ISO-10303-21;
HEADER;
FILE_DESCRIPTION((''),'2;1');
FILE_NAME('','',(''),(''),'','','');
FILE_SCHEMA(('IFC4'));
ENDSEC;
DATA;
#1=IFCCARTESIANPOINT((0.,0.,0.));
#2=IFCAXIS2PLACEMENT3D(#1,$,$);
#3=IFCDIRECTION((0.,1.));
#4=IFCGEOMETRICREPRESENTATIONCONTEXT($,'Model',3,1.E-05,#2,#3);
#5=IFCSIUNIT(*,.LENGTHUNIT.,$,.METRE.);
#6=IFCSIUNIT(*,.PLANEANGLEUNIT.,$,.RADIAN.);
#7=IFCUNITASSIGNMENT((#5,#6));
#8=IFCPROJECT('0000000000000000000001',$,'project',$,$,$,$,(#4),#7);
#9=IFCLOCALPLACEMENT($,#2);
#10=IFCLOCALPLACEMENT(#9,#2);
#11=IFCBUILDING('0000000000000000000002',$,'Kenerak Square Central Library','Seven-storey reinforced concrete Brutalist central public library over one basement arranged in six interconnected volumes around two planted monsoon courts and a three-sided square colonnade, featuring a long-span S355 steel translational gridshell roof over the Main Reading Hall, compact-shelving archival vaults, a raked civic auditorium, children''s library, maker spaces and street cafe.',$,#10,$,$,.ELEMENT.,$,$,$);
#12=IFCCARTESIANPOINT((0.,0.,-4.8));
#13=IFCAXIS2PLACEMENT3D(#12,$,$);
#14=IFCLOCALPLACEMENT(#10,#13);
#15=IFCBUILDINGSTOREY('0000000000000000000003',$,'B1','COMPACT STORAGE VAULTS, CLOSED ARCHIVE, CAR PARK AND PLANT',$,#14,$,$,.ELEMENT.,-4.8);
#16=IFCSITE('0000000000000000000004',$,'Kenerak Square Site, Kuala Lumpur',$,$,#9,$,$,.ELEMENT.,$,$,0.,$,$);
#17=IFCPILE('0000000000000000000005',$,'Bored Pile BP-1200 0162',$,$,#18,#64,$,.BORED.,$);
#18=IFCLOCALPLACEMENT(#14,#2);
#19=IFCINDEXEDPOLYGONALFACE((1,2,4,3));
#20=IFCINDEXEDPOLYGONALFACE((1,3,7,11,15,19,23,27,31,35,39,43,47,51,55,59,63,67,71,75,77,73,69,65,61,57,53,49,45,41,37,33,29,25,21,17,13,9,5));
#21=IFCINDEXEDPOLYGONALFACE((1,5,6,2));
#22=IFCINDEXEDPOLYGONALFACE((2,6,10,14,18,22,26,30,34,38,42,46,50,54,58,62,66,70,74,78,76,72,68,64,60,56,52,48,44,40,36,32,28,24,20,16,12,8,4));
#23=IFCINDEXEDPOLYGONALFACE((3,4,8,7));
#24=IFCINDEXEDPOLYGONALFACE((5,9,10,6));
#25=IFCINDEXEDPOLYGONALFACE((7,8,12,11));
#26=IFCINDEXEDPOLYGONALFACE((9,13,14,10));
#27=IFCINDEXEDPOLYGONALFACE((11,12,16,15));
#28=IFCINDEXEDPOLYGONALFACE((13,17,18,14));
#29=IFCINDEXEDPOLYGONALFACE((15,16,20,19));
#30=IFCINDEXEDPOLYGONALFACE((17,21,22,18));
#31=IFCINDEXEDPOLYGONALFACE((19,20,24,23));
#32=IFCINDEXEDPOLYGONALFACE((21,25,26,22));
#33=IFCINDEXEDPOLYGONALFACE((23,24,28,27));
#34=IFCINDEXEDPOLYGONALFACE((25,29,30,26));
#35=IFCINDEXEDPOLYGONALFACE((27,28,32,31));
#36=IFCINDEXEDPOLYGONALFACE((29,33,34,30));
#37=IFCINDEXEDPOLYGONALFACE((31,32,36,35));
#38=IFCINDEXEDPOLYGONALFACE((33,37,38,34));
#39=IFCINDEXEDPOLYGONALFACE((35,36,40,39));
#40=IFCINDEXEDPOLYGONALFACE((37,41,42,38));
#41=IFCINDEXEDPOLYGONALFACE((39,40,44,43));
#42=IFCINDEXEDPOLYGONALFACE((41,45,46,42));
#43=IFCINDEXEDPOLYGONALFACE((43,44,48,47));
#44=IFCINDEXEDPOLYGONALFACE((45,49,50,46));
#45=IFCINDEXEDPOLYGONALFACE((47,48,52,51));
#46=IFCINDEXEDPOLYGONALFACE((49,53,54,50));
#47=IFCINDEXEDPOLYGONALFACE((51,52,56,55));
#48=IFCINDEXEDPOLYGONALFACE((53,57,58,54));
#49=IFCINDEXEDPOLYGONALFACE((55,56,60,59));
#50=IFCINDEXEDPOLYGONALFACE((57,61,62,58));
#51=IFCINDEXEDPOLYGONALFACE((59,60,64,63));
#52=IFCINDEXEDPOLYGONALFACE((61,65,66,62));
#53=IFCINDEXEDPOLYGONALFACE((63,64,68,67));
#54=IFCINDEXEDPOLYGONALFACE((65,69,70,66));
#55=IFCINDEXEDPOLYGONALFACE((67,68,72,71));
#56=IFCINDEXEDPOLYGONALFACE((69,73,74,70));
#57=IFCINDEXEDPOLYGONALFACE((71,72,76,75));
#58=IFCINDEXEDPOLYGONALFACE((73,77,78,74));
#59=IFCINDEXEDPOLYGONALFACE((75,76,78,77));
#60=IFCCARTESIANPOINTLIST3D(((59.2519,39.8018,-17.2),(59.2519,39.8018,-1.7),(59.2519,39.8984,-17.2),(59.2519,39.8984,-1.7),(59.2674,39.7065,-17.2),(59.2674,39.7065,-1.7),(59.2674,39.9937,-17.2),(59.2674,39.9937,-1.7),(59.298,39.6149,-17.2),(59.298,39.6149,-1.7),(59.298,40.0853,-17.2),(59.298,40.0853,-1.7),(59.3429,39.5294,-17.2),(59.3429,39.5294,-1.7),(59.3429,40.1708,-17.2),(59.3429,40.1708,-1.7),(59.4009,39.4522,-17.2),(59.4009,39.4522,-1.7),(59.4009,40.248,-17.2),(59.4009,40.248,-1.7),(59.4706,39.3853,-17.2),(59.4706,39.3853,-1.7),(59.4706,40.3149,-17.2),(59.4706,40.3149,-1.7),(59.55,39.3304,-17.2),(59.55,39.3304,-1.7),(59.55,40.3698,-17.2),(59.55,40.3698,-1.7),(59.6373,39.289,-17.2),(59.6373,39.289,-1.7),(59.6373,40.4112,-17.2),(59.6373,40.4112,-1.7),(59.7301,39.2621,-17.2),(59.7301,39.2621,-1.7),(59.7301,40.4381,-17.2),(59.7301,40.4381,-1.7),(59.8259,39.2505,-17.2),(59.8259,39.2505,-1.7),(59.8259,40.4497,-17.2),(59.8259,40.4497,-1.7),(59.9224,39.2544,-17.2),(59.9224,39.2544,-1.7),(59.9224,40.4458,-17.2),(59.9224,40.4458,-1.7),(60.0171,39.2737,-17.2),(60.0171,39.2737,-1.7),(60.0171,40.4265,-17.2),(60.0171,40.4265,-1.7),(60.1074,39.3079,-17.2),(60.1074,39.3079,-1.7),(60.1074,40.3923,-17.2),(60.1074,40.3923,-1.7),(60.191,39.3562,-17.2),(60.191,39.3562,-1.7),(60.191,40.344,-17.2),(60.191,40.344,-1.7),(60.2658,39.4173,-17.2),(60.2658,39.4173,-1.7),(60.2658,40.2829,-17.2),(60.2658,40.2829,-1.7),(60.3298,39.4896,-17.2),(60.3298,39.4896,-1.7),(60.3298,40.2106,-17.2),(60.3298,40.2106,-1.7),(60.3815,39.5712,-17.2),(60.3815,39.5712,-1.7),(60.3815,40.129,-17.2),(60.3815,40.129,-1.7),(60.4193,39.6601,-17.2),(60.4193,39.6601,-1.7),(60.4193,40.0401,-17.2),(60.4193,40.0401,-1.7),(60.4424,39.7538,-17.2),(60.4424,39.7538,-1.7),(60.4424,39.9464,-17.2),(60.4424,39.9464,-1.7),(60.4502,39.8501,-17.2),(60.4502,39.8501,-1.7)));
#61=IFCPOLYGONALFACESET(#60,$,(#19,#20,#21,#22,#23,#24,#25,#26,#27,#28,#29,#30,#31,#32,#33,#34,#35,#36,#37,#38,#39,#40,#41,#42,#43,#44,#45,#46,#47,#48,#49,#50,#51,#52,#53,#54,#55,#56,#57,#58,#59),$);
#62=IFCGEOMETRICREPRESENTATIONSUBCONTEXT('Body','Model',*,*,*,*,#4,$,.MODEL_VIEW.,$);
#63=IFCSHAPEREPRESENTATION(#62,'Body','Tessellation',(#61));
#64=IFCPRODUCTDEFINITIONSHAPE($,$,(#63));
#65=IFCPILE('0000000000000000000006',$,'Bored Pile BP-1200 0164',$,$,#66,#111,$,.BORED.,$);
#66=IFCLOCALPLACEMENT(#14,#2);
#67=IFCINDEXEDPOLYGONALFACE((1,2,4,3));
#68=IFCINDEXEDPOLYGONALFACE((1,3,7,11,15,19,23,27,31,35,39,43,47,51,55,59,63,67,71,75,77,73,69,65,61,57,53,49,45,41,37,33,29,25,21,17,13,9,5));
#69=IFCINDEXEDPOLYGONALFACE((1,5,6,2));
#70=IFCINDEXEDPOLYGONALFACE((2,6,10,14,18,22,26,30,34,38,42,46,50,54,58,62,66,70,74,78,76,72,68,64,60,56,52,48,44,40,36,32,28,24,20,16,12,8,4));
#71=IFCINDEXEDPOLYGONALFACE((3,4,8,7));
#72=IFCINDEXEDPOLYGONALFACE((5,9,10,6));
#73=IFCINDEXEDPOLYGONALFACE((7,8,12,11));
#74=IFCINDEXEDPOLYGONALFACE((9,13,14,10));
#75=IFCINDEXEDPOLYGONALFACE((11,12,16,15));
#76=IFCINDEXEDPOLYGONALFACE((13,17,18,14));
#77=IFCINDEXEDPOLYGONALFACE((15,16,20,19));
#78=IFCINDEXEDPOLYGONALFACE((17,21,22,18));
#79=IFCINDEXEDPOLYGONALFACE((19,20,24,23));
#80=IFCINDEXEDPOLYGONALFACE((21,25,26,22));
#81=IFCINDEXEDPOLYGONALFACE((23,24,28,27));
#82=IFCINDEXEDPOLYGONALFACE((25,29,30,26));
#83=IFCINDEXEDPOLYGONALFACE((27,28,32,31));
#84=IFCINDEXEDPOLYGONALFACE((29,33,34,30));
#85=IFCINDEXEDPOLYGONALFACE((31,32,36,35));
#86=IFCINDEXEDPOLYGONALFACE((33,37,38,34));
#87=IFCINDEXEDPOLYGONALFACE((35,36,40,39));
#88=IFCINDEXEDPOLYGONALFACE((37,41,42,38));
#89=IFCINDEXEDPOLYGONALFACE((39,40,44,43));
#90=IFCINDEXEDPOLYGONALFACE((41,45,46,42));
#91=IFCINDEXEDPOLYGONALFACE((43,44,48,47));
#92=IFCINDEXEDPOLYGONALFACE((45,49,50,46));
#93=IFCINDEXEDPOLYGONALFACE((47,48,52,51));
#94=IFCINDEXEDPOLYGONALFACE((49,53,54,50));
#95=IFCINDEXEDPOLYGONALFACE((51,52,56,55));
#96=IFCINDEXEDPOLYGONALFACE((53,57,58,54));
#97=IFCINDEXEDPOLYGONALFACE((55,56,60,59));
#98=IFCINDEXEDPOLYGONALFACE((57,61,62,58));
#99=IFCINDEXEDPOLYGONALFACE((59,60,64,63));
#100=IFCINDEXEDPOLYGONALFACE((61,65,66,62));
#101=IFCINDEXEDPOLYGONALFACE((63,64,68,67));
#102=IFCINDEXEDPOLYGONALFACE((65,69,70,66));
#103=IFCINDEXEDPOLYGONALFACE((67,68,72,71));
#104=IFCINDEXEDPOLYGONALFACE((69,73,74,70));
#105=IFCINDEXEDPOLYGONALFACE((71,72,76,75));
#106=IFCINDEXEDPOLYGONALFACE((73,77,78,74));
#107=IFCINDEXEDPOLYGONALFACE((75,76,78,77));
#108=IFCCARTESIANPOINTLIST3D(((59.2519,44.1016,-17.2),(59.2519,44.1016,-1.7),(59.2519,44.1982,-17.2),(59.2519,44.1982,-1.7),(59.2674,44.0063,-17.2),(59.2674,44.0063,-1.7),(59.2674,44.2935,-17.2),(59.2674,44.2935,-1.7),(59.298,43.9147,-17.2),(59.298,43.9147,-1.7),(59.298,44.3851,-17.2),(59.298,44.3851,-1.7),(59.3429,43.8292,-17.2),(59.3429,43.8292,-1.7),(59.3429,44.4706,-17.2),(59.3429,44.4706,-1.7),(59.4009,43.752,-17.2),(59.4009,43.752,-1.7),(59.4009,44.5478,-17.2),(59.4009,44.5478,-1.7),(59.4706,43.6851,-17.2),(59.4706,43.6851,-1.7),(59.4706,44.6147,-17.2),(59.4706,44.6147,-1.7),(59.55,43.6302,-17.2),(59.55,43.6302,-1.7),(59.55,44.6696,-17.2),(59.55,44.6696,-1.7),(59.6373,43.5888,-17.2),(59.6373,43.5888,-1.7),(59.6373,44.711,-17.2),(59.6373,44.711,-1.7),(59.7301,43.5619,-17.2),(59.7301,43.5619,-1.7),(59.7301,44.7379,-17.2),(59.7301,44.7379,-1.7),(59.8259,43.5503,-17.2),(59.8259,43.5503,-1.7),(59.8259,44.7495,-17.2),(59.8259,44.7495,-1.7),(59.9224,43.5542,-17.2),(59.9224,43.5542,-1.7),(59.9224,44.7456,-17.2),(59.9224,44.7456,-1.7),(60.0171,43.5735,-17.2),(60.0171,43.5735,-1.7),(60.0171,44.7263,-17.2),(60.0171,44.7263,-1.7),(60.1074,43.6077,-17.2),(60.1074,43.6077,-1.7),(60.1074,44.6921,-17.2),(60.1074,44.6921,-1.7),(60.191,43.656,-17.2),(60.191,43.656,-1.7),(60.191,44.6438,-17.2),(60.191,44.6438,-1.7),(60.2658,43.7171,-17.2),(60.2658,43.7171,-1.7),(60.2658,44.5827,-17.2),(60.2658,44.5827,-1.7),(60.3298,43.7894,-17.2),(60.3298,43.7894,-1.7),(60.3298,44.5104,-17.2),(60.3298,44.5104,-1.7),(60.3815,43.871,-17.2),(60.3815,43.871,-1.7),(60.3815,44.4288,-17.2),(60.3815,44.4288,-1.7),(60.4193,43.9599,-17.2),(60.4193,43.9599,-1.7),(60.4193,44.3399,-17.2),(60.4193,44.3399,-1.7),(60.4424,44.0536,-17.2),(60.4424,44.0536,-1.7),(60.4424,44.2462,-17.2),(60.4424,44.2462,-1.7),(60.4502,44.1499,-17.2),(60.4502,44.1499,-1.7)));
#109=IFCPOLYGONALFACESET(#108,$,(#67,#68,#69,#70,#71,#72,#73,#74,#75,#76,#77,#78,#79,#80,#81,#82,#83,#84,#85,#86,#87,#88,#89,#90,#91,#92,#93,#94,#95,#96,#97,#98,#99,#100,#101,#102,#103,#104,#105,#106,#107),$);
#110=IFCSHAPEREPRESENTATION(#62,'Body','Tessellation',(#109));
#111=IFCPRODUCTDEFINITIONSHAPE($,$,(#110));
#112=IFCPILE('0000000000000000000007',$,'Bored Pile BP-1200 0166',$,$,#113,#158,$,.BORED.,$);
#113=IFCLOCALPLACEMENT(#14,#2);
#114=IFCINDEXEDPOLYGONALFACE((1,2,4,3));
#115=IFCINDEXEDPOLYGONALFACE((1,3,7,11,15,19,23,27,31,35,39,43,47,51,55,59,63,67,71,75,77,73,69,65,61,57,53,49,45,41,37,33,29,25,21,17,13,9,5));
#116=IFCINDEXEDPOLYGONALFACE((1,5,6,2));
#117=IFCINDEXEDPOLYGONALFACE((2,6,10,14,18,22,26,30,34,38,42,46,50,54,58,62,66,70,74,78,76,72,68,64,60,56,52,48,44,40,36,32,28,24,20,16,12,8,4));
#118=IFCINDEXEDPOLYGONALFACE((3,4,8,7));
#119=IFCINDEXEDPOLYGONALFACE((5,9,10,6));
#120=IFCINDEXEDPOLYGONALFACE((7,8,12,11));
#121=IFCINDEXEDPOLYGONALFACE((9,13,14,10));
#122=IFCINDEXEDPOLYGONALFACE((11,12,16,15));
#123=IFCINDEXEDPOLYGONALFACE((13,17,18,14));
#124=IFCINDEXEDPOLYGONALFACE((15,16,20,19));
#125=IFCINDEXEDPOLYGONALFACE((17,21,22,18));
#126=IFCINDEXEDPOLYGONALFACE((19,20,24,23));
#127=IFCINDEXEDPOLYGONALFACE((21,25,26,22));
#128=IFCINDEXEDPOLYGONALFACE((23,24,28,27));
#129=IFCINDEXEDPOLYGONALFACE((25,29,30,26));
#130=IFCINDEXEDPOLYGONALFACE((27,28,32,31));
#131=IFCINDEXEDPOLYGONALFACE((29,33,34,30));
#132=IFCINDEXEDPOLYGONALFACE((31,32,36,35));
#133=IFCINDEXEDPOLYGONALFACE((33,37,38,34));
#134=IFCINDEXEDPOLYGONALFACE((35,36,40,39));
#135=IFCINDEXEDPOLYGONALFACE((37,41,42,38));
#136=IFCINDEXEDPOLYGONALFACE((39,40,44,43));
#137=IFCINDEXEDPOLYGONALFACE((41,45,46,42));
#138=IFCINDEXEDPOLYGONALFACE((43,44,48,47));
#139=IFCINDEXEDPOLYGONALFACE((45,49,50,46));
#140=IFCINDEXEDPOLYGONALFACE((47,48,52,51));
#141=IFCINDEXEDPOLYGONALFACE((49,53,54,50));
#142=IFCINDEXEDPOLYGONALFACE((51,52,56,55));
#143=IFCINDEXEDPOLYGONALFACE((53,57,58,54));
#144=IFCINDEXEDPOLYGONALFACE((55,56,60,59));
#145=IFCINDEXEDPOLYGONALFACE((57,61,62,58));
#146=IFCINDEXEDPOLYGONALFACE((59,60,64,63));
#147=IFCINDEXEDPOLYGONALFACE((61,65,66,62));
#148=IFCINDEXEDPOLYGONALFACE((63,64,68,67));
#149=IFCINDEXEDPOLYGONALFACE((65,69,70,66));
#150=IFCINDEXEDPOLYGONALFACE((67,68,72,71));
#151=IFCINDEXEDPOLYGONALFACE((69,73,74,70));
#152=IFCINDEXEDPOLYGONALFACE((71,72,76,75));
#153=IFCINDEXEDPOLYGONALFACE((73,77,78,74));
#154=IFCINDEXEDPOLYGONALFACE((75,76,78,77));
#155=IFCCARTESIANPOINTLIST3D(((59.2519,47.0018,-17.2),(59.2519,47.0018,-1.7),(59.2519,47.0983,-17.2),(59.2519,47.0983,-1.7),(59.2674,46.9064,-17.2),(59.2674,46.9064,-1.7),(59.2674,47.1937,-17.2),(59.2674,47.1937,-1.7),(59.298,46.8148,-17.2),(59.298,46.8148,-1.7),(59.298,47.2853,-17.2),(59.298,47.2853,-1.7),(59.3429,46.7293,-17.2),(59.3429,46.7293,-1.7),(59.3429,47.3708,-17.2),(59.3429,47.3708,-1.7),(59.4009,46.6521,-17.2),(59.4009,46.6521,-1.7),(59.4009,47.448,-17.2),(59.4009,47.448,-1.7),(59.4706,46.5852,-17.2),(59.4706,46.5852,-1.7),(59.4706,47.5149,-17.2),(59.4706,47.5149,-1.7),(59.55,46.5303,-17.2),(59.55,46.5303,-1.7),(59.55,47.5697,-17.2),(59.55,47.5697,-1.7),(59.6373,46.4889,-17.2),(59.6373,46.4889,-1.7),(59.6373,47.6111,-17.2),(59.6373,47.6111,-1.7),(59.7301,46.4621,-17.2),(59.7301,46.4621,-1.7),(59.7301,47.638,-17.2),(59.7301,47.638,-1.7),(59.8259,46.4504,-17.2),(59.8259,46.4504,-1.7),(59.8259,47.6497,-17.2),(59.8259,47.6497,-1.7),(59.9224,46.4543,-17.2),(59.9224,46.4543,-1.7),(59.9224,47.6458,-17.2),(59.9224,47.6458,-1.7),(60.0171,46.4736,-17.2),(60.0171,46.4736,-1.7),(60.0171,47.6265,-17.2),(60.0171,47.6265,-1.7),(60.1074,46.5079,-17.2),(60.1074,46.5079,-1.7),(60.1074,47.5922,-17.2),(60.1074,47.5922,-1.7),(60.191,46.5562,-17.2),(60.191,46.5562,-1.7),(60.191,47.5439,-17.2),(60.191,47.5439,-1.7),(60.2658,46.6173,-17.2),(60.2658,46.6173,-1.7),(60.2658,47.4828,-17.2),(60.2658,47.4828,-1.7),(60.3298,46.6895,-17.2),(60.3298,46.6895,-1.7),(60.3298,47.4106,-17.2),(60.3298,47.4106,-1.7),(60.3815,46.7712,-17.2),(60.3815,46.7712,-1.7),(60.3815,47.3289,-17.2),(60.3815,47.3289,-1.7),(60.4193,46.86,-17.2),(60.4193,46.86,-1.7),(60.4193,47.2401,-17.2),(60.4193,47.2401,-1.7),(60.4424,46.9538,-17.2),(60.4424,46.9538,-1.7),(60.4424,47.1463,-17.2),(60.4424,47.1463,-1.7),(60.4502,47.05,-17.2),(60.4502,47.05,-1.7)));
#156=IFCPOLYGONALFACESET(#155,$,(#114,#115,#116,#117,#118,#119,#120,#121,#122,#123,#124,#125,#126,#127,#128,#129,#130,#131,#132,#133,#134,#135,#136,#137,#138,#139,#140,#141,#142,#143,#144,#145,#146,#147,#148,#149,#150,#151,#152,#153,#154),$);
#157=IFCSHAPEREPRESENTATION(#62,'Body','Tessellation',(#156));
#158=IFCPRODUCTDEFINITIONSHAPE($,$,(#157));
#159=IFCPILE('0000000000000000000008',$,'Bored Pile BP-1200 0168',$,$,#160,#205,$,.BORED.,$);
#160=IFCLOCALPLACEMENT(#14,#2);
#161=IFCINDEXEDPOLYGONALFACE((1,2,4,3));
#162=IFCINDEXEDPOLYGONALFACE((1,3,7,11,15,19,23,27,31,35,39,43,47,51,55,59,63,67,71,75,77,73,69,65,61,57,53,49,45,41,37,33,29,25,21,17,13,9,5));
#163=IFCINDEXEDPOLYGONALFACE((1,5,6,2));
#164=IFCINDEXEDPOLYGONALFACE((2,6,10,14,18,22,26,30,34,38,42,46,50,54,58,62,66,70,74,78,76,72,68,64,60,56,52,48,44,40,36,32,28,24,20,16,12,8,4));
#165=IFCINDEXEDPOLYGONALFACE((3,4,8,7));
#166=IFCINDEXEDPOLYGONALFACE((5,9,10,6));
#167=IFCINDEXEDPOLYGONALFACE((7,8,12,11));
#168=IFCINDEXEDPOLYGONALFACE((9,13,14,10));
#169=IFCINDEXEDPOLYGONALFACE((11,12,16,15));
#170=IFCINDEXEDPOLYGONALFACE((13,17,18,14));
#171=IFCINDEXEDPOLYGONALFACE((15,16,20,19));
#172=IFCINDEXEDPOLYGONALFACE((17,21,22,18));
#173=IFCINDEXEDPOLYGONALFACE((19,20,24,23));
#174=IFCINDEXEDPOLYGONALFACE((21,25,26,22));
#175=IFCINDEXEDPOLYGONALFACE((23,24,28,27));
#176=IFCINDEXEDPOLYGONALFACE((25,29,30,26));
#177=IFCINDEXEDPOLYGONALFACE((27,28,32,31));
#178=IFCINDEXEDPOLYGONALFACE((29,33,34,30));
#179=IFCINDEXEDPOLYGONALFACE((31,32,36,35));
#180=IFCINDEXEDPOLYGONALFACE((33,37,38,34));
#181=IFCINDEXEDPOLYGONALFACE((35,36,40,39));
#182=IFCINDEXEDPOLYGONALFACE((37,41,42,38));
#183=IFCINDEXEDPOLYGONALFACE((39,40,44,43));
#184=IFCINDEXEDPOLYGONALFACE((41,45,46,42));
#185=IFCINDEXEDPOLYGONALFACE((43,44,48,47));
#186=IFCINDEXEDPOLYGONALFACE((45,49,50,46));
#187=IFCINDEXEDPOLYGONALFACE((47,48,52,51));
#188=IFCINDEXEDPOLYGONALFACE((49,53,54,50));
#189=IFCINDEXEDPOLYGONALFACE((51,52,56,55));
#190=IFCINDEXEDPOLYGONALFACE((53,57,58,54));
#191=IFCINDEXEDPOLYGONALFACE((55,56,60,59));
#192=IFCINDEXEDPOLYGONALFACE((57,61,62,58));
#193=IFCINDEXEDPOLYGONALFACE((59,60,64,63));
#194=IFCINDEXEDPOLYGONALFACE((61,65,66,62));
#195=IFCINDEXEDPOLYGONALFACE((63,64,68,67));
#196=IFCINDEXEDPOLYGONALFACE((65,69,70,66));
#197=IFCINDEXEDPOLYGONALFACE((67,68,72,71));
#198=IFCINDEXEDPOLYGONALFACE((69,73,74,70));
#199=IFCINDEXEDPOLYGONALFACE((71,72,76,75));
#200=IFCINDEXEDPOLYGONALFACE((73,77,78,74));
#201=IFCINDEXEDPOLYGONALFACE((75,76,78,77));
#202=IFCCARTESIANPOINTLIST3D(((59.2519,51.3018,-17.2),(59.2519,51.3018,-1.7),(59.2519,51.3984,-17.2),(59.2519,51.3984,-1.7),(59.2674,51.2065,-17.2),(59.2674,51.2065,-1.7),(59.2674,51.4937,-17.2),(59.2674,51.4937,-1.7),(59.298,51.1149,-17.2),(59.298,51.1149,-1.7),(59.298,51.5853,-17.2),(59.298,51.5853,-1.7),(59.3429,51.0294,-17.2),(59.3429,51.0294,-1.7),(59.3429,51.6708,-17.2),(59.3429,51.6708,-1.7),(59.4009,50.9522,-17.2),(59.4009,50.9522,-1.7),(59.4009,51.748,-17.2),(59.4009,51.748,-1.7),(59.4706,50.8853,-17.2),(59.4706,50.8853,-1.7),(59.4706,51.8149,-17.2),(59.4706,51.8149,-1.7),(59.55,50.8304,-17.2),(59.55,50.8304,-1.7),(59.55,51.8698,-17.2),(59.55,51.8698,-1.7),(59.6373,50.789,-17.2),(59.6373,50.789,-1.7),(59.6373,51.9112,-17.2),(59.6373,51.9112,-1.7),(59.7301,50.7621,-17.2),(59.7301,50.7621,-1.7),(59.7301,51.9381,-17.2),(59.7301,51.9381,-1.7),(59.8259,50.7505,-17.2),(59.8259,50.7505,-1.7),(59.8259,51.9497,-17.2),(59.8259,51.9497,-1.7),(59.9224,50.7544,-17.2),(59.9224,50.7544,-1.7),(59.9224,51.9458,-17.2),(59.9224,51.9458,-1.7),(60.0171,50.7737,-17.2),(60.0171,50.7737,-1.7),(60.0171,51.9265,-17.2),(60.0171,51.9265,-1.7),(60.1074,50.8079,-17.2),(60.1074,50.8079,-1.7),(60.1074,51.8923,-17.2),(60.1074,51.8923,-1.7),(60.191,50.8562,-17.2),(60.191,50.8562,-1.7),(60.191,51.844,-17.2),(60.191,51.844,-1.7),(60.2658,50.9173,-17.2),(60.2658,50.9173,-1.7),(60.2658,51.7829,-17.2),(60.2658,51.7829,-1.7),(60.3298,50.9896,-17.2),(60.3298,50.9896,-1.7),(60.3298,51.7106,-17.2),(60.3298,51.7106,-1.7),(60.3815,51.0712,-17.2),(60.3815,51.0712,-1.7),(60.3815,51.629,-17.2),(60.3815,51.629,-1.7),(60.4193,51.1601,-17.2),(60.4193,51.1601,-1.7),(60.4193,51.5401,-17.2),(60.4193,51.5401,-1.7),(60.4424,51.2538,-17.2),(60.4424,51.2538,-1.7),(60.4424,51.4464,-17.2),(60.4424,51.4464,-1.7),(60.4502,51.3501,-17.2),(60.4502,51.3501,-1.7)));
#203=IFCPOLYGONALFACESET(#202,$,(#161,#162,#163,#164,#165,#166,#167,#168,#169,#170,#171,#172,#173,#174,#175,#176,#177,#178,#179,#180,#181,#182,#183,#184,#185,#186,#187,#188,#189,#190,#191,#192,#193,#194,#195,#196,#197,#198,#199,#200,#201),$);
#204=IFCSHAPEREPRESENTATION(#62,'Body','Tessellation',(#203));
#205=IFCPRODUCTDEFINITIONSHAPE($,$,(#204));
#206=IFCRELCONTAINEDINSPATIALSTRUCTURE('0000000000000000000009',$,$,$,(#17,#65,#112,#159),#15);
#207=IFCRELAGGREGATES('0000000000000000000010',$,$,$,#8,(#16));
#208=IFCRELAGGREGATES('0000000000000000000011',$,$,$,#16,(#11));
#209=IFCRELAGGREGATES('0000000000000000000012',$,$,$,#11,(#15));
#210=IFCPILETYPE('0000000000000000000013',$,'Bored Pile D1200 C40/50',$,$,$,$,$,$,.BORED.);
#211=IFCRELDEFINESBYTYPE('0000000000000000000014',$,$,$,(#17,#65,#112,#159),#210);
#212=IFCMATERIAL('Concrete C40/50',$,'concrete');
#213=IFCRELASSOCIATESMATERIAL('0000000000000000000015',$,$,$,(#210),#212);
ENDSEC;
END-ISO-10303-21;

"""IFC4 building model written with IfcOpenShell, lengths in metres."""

from ifc_helpers import new_model, si_unit, direction, frame, origin, origin_2d, place, context, subcontext, project, spatial, circle, extrude, material, material_profile, profile_set, type_object, element, save


model = new_model("IFC4")

# Units and contexts
model_context = context("Model", 3, precision=1e-05, world=origin(), true_north=direction((0.0, 1.0)))
body_context = subcontext(model_context, "Body", "Model", "MODEL_VIEW")
ifc_project = project(units=[si_unit("LENGTHUNIT", "METRE"), si_unit("PLANEANGLEUNIT", "RADIAN")], contexts=[model_context])

# Site, building, storey
site_placement = place(None, origin())
site = spatial("IfcSite", under=ifc_project, at=site_placement, Name="Kenerak Square Site, Kuala Lumpur", CompositionType="ELEMENT", RefElevation=0.0)
building_placement = place(site_placement, origin())
building = spatial("IfcBuilding", under=site, at=building_placement, Name="Kenerak Square Central Library", Description="Seven-storey reinforced concrete Brutalist central public library over one basement arranged in six interconnected volumes around two planted monsoon courts and a three-sided square colonnade, featuring a long-span S355 steel translational gridshell roof over the Main Reading Hall, compact-shelving archival vaults, a raked civic auditorium, children's library, maker spaces and street cafe.", CompositionType="ELEMENT")
storey_placement = place(building_placement, frame((0.0, 0.0, -4.8)))
storey = spatial("IfcBuildingStorey", under=building, at=storey_placement, Name="B1", Description="COMPACT STORAGE VAULTS, CLOSED ARCHIVE, CAR PARK AND PLANT", CompositionType="ELEMENT", Elevation=-4.8)

# Piles
ifc_material_1 = material(Name="Concrete C40/50", Category="concrete")
ifc_material_profile_1 = material_profile(ifc_material_1, circle(Radius=0.6001, at=origin_2d()), Name="BP D1200")
ifc_profile_set_1 = profile_set([ifc_material_profile_1], Name="Concrete C40/50")
pile_type_1 = type_object("IfcPileType", Name="Bored Pile D1200 C40/50", PredefinedType="BORED", material=ifc_profile_set_1)
for number, where, z_axis, x_axis, name in (
    (1, (59.8501, 39.8501, -1.7), (0.0, 0.0, -1.0), (1.0, 0.0, 0.0), "Bored Pile BP-1200 0162"),
    (2, (59.8501, 44.1499, -1.7), (0.0, 0.0, -1.0), (1.0, 0.0, 0.0), "Bored Pile BP-1200 0164"),
    (3, (59.8501, 47.05, -1.7), (0.0, 0.0, -1.0), (1.0, 0.0, 0.0), "Bored Pile BP-1200 0166"),
    (4, (59.8501, 51.3501, -1.7), (0.0, 0.0, -1.0), (1.0, 0.0, 0.0), "Bored Pile BP-1200 0168"),
):
    element("IfcPile", number, at=place(storey_placement, frame(where, z_axis=z_axis, x_axis=x_axis)), inside=storey, type_object=pile_type_1, Name=name, PredefinedType="BORED", context=body_context, shape_type="SweptSolid", body=[
        extrude(circle(Radius=0.6001, at=origin_2d()), origin(), (0.0, 0.0, 1.0), 15.5),
    ])

save(model, "model.ifc")
